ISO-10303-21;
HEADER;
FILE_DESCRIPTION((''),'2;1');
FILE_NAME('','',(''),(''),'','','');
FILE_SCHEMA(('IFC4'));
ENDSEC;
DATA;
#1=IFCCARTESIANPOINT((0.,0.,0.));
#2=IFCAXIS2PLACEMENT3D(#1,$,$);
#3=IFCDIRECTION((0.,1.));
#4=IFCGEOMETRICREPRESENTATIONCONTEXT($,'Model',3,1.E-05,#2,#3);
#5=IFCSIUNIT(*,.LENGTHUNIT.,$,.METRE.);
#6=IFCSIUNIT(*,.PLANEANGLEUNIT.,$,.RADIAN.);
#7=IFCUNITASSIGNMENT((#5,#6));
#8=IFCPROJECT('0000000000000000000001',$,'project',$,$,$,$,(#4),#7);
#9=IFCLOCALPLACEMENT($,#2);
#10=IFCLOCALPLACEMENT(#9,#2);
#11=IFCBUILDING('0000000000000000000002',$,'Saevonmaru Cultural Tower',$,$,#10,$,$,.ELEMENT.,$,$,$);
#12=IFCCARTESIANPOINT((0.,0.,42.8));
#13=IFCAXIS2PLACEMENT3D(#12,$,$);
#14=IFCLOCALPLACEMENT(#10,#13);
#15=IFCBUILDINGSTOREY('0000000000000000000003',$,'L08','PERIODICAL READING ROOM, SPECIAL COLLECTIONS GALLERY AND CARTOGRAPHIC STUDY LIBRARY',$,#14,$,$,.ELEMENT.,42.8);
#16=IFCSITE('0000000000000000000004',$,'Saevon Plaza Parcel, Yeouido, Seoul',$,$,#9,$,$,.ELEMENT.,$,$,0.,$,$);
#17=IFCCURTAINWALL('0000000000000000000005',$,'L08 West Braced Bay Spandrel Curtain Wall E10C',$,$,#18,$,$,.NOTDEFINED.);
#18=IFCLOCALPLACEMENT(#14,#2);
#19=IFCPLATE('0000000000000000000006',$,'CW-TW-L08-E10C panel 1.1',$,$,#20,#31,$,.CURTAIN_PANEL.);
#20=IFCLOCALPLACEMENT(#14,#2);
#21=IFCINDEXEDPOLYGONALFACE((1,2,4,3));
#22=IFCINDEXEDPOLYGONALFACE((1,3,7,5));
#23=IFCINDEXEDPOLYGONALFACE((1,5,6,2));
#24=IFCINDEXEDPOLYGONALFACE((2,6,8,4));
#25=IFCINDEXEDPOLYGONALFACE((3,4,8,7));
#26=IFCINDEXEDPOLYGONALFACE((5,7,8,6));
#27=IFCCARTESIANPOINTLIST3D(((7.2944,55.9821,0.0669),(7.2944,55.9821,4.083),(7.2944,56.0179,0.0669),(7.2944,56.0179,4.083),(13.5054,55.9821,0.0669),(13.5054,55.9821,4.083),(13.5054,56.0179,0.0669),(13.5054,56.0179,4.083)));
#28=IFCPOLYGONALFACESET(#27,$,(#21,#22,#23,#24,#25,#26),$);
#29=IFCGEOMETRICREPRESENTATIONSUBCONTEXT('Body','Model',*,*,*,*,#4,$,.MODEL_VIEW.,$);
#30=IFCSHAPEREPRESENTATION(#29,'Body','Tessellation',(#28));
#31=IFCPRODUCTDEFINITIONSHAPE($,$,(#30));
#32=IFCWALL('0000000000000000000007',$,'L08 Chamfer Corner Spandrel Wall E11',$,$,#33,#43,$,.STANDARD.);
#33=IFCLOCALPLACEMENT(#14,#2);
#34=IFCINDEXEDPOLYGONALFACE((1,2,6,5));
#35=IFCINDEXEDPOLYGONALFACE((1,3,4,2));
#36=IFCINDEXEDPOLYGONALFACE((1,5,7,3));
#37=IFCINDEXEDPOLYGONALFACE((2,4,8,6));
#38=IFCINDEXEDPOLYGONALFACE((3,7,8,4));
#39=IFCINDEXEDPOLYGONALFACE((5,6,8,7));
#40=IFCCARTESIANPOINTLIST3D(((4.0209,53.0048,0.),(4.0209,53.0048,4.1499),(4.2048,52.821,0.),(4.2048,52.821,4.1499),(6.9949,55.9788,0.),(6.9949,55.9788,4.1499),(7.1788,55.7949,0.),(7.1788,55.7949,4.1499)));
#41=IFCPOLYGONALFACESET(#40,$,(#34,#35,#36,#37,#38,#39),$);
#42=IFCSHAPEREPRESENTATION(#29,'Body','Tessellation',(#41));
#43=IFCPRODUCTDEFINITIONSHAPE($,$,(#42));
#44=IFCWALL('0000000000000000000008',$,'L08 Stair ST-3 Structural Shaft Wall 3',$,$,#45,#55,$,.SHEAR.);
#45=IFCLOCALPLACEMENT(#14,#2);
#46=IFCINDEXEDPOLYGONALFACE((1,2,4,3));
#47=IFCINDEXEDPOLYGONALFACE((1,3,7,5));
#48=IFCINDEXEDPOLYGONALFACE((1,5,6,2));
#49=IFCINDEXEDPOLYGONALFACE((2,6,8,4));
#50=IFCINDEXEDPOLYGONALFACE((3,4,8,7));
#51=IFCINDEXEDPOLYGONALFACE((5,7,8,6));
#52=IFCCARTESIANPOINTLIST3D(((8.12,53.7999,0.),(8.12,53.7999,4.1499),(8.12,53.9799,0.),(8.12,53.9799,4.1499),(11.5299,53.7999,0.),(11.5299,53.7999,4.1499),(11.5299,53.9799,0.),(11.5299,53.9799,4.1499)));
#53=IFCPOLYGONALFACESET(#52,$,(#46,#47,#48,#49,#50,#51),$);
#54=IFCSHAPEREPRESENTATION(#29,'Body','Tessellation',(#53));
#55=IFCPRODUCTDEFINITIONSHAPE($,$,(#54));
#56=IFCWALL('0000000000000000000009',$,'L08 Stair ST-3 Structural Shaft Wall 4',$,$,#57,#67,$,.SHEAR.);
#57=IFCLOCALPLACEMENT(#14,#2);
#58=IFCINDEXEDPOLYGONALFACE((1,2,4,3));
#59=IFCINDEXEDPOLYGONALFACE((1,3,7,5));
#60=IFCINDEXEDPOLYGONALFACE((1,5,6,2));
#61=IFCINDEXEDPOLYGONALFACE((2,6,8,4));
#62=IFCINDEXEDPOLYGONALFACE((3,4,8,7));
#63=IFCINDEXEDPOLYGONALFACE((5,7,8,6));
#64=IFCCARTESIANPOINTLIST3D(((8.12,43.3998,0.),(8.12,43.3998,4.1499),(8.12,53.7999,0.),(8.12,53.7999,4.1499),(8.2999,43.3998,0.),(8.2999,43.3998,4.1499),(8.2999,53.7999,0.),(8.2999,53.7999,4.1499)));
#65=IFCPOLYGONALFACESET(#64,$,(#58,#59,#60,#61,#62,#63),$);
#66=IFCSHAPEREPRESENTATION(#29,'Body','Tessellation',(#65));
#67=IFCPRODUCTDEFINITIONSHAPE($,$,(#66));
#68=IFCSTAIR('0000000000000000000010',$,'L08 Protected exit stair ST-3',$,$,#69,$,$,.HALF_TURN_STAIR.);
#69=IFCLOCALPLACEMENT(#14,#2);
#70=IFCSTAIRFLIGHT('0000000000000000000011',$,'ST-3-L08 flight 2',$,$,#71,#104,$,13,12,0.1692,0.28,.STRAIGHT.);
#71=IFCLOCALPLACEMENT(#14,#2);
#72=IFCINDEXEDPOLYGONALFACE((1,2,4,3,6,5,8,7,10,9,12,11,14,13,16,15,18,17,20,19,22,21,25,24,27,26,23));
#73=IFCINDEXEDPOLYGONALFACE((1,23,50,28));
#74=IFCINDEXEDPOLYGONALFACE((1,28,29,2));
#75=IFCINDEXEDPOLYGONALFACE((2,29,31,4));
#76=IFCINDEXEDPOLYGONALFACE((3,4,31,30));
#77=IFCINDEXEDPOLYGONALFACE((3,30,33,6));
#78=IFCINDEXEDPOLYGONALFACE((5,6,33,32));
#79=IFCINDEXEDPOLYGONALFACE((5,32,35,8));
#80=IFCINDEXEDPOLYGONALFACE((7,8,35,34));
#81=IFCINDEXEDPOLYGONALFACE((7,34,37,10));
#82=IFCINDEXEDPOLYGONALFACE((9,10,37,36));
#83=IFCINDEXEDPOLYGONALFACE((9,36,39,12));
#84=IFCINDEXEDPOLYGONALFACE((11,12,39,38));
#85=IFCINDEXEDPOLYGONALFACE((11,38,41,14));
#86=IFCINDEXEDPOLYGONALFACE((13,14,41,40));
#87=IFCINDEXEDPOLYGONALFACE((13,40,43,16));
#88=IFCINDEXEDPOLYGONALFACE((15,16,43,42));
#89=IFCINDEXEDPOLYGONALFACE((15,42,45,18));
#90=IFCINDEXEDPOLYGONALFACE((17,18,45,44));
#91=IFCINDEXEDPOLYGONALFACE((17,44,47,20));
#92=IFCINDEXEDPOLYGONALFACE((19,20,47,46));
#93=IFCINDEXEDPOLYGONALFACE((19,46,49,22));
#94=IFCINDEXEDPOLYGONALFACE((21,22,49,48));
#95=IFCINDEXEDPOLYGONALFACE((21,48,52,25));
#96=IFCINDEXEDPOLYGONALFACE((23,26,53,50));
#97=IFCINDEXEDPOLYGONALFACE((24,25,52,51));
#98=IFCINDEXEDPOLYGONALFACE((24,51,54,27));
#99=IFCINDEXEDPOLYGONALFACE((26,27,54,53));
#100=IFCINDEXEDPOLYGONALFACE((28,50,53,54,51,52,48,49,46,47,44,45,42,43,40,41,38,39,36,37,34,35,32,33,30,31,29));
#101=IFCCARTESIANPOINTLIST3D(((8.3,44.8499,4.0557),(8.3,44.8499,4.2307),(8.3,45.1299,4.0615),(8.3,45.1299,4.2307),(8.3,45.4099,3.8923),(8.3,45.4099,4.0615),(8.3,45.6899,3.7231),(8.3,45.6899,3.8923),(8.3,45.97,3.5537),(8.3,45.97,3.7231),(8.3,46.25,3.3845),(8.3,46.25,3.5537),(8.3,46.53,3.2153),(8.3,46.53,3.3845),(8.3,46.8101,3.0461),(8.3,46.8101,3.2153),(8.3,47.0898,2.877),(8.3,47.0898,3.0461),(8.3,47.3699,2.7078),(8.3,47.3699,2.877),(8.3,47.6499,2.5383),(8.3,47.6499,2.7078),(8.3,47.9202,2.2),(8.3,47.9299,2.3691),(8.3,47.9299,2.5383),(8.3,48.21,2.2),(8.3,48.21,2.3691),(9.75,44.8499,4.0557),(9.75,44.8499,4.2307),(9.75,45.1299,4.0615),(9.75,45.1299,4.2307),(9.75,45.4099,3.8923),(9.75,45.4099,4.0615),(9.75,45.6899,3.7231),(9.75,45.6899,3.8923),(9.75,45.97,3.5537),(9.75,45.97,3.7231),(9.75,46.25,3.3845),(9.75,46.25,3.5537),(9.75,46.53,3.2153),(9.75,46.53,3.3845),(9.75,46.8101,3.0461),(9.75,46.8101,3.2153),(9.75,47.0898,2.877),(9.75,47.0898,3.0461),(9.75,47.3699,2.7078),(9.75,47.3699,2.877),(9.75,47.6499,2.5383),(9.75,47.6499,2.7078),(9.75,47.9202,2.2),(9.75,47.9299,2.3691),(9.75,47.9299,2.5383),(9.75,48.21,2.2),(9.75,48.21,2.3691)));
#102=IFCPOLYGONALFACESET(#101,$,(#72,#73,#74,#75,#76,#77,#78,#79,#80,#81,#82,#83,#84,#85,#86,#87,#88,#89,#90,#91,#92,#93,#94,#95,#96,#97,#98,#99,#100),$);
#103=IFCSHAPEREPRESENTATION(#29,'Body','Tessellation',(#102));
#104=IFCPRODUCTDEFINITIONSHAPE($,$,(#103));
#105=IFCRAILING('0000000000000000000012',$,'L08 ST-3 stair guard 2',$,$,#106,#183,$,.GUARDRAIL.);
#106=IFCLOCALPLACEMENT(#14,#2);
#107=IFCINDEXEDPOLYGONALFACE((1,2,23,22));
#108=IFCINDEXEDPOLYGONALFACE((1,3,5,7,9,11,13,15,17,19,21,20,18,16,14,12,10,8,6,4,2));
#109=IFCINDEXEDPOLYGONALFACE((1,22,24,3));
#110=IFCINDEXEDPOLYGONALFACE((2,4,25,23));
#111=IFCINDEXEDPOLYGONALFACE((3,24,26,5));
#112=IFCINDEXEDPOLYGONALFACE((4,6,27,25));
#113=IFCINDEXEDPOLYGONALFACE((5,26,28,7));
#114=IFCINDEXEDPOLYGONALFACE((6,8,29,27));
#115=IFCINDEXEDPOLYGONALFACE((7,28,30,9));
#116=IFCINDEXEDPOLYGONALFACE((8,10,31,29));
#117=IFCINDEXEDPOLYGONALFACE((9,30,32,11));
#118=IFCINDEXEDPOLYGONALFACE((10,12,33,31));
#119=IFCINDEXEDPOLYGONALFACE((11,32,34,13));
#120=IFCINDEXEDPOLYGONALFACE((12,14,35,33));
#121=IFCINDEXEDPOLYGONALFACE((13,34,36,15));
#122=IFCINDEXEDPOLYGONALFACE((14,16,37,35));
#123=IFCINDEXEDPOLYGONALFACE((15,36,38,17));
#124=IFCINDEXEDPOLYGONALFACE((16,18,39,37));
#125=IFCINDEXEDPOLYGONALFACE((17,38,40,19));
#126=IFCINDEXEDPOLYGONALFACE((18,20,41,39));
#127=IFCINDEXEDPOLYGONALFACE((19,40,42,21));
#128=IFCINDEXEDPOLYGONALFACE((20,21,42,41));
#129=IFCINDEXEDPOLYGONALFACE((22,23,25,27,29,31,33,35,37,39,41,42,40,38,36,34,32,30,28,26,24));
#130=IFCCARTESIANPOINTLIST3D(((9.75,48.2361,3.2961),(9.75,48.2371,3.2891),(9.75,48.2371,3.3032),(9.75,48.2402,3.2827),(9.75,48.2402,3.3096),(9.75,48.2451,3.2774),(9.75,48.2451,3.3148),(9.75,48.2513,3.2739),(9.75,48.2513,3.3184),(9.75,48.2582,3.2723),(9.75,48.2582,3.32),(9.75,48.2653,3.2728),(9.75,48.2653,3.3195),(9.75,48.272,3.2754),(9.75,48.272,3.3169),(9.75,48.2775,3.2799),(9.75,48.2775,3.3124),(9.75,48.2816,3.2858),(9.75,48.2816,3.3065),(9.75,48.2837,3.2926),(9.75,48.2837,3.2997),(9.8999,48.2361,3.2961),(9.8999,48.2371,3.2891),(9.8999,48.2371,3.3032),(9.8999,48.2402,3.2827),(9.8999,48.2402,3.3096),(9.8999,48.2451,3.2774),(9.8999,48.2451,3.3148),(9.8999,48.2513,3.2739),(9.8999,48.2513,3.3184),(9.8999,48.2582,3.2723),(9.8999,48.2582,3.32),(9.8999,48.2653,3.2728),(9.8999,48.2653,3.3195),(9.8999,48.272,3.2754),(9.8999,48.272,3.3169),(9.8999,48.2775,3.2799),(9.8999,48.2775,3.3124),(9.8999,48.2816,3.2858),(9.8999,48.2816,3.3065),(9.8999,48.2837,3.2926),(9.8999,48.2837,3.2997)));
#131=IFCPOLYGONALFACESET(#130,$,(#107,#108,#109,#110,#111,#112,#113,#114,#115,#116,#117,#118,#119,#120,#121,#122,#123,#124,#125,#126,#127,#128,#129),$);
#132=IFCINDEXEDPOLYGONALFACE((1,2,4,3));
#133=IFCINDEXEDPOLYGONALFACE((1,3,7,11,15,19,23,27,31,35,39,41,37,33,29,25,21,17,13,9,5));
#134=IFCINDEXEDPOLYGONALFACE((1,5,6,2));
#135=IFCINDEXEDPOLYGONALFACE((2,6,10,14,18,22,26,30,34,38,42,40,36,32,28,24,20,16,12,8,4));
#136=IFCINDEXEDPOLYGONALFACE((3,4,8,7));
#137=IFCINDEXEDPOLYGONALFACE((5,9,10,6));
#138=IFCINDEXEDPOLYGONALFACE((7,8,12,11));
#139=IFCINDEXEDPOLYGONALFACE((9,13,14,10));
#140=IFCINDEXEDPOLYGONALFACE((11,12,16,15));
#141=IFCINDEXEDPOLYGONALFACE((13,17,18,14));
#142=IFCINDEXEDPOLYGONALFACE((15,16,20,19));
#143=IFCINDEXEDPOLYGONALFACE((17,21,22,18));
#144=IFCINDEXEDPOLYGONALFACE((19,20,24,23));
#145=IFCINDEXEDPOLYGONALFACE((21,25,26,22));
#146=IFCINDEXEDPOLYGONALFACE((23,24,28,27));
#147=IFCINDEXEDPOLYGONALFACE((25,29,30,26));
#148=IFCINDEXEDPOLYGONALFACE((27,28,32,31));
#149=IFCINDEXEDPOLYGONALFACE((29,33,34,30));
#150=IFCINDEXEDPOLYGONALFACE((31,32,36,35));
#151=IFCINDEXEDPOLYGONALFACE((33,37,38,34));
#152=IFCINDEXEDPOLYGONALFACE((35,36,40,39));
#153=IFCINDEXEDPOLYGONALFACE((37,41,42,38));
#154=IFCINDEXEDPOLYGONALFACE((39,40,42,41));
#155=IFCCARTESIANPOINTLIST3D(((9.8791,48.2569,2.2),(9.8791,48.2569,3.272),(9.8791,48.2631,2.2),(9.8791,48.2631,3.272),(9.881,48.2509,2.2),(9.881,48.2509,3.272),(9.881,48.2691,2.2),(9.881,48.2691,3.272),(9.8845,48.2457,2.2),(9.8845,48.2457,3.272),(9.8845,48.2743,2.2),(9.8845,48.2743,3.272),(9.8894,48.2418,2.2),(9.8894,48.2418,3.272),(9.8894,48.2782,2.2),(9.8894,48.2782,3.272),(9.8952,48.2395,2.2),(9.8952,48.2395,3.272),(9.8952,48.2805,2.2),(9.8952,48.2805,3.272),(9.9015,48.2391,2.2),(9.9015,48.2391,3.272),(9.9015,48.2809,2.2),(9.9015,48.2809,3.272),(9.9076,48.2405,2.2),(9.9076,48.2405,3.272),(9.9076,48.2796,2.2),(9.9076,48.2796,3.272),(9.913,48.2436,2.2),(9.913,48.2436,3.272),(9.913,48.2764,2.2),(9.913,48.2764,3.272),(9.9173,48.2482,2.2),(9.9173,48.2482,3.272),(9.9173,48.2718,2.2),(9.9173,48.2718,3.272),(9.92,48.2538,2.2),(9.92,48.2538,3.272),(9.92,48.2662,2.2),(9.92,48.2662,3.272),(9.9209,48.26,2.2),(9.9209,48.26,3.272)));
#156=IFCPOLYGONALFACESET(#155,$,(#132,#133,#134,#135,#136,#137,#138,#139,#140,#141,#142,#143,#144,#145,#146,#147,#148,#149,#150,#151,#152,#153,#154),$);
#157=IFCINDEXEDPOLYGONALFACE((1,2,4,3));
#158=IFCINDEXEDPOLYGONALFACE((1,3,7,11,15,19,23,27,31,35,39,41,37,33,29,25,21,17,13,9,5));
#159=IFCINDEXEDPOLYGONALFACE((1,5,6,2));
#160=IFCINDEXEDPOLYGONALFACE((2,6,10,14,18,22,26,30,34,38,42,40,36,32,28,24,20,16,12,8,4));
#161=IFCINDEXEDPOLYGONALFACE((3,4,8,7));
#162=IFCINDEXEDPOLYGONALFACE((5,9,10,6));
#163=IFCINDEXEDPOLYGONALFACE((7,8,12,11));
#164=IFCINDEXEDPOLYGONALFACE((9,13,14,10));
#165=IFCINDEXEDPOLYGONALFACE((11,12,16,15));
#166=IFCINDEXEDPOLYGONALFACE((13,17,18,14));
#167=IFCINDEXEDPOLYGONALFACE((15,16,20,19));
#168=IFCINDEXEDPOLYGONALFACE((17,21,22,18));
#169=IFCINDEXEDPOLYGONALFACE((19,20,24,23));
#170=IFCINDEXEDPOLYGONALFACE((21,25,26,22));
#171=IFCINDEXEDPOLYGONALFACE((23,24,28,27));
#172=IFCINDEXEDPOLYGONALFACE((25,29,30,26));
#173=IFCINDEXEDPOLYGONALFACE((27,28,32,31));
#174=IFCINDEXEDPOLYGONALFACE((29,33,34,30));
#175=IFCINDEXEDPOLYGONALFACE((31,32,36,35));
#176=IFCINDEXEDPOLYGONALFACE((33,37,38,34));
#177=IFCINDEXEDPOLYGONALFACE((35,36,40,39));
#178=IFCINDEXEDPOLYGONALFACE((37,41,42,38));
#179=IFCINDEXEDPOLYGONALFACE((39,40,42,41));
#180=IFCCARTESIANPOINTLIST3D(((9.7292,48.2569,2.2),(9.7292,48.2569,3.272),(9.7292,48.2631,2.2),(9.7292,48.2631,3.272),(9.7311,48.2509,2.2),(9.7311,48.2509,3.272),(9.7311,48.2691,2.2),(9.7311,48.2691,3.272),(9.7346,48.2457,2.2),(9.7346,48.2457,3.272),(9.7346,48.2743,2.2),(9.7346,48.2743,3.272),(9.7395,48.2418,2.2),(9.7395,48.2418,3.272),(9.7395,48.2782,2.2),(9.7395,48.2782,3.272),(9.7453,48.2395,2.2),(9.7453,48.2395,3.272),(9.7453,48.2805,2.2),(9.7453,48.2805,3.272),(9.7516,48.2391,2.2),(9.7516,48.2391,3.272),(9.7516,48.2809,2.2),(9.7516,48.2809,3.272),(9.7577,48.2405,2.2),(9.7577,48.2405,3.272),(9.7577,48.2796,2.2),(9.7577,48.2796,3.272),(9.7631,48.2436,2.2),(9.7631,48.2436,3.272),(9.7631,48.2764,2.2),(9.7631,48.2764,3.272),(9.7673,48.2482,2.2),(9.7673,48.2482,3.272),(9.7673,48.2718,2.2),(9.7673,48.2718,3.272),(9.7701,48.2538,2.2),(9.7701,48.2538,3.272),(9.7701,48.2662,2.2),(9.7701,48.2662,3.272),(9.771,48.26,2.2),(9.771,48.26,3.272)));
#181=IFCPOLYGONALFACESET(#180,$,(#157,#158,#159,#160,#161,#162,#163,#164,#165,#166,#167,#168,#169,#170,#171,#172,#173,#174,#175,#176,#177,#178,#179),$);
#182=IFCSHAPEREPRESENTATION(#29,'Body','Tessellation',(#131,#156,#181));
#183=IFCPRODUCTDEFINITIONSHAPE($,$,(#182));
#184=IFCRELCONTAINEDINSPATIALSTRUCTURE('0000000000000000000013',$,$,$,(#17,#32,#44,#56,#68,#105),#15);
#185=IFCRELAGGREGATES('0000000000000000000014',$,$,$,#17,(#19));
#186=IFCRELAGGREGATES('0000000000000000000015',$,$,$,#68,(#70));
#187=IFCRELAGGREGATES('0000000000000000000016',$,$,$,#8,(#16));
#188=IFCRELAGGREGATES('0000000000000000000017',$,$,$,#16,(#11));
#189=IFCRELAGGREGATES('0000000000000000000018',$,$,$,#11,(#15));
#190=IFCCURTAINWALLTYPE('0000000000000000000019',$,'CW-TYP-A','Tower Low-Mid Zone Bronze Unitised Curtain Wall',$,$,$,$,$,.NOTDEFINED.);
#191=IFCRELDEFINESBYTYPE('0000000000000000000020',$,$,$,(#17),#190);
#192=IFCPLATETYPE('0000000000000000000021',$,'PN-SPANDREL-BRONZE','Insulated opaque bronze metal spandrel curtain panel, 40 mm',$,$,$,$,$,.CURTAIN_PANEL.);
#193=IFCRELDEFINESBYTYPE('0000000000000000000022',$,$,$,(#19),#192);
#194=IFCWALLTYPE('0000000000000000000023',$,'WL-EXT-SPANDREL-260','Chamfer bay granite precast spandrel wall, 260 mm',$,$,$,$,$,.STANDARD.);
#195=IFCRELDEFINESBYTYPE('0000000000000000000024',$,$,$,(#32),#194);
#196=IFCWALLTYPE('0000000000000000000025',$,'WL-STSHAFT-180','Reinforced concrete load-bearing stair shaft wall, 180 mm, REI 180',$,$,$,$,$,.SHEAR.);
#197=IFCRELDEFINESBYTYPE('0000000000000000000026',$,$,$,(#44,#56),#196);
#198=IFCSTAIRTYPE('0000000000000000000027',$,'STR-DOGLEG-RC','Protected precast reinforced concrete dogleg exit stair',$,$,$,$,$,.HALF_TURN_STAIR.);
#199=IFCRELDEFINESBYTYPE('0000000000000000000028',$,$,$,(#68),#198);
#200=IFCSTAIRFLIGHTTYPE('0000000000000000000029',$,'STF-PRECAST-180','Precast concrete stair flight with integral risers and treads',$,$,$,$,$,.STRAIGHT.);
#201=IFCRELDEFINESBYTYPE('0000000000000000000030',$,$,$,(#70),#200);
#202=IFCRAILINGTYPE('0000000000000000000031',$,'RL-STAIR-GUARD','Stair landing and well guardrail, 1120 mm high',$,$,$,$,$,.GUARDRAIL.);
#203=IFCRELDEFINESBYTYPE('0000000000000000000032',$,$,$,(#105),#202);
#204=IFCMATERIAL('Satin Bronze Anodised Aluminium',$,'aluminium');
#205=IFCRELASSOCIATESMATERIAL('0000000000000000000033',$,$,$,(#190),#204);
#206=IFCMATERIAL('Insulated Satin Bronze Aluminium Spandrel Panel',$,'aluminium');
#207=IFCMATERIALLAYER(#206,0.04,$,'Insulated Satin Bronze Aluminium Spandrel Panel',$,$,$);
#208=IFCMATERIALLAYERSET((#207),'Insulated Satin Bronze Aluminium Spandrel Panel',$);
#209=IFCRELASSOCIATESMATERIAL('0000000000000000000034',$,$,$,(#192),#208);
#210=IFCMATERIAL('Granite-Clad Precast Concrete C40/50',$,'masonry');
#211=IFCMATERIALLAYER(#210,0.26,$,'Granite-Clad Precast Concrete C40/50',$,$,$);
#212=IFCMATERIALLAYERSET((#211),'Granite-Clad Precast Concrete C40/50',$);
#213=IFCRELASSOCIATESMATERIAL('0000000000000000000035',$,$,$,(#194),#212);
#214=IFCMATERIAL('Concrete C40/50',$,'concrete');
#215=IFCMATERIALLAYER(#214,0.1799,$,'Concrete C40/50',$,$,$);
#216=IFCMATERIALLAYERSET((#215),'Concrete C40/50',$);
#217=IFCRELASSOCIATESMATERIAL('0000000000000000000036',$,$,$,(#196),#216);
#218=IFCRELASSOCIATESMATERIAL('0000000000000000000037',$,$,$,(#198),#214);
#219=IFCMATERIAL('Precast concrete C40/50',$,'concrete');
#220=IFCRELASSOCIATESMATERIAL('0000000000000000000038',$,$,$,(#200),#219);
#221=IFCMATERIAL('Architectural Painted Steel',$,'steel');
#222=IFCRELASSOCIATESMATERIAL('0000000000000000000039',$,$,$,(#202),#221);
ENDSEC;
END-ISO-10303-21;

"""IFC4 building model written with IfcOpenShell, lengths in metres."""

from ifc_helpers import new_model, si_unit, direction, frame, frame_2d, origin, origin_2d, place, context, subcontext, project, spatial, polyline, rectangle, circle, outline, extrude, material, layer, layer_set, type_object, element, aggregate, save


model = new_model("IFC4")

# Units and contexts
model_context = context("Model", 3, precision=1e-05, world=origin(), true_north=direction((0.0, 1.0)))
body_context = subcontext(model_context, "Body", "Model", "MODEL_VIEW")
ifc_project = project(units=[si_unit("LENGTHUNIT", "METRE"), si_unit("PLANEANGLEUNIT", "RADIAN")], contexts=[model_context])

# Site, building, storey
site_placement = place(None, origin())
site = spatial("IfcSite", under=ifc_project, at=site_placement, Name="Saevon Plaza Parcel, Yeouido, Seoul", CompositionType="ELEMENT", RefElevation=0.0)
building_placement = place(site_placement, origin())
building = spatial("IfcBuilding", under=site, at=building_placement, Name="Saevonmaru Cultural Tower", CompositionType="ELEMENT")
storey_placement = place(building_placement, frame((0.0, 0.0, 42.8)))
storey = spatial("IfcBuildingStorey", under=building, at=storey_placement, Name="L08", Description="PERIODICAL READING ROOM, SPECIAL COLLECTIONS GALLERY AND CARTOGRAPHIC STUDY LIBRARY", CompositionType="ELEMENT", Elevation=42.8)

# Curtain wall
ifc_material_1 = material(Name="Satin Bronze Anodised Aluminium", Category="aluminium")
curtain_wall_type = type_object("IfcCurtainWallType", Name="CW-TYP-A", Description="Tower Low-Mid Zone Bronze Unitised Curtain Wall", PredefinedType="NOTDEFINED", material=ifc_material_1)
curtain_wall_1_placement = place(storey_placement, origin())
curtain_wall_1 = element("IfcCurtainWall", 1, at=curtain_wall_1_placement, inside=storey, type_object=curtain_wall_type, Name="L08 West Braced Bay Spandrel Curtain Wall E10C", PredefinedType="NOTDEFINED")

# Plate
ifc_material_2 = material(Name="Insulated Satin Bronze Aluminium Spandrel Panel", Category="aluminium")
ifc_layer_1 = layer(ifc_material_2, 0.04, Name="Insulated Satin Bronze Aluminium Spandrel Panel")
ifc_layer_set_1 = layer_set([ifc_layer_1], Name="Insulated Satin Bronze Aluminium Spandrel Panel")
plate_type_1 = type_object("IfcPlateType", Name="PN-SPANDREL-BRONZE", Description="Insulated opaque bronze metal spandrel curtain panel, 40 mm", PredefinedType="CURTAIN_PANEL", material=ifc_layer_set_1)
plate_1_placement = place(storey_placement, frame((10.3999, 56.0, 0.0669), z_axis=(0.0, 0.0, 1.0), x_axis=(-1.0, 0.0, 0.0)))
plate_1 = element("IfcPlate", 2, at=plate_1_placement, type_object=plate_type_1, Name="CW-TW-L08-E10C panel 1.1", PredefinedType="CURTAIN_PANEL", context=body_context, shape_type="SweptSolid", body=[
    extrude(rectangle(XDim=6.2109, YDim=0.0359, at=origin_2d()), origin(), (0.0, 0.0, 1.0), 4.0161),
])
aggregate(curtain_wall_1, [plate_1])

# Walls
ifc_material_3 = material(Name="Granite-Clad Precast Concrete C40/50", Category="masonry")
ifc_layer_2 = layer(ifc_material_3, 0.26, Name="Granite-Clad Precast Concrete C40/50")
ifc_layer_set_2 = layer_set([ifc_layer_2], Name="Granite-Clad Precast Concrete C40/50")
wall_type_1 = type_object("IfcWallType", Name="WL-EXT-SPANDREL-260", Description="Chamfer bay granite precast spandrel wall, 260 mm", PredefinedType="STANDARD", material=ifc_layer_set_2)
wall_1_placement = place(storey_placement, frame((7.0869, 55.887, 0.0), z_axis=(0.0, 0.0, 1.0), x_axis=(-0.707107, -0.707107, 0.0)))
element("IfcWall", 3, at=wall_1_placement, inside=storey, type_object=wall_type_1, Name="L08 Chamfer Corner Spandrel Wall E11", PredefinedType="STANDARD", context=body_context, shape_type="SweptSolid", body=[
    extrude(rectangle(XDim=4.2058, YDim=0.26, at=frame_2d((2.103, 0.0))), origin(), (0.0, 0.0, 1.0), 4.1499),
])
ifc_material_4 = material(Name="Concrete C40/50", Category="concrete")
ifc_layer_3 = layer(ifc_material_4, 0.1799, Name="Concrete C40/50")
ifc_layer_set_3 = layer_set([ifc_layer_3], Name="Concrete C40/50")
wall_type_2 = type_object("IfcWallType", Name="WL-STSHAFT-180", Description="Reinforced concrete load-bearing stair shaft wall, 180 mm, REI 180", PredefinedType="SHEAR", material=ifc_layer_set_3)
wall_2_placement = place(storey_placement, frame((11.53, 53.8899, 0.0), z_axis=(0.0, 0.0, 1.0), x_axis=(-1.0, 0.0, 0.0)))
element("IfcWall", 4, at=wall_2_placement, inside=storey, type_object=wall_type_2, Name="L08 Stair ST-3 Structural Shaft Wall 3", PredefinedType="SHEAR", context=body_context, shape_type="SweptSolid", body=[
    extrude(rectangle(XDim=3.4099, YDim=0.1799, at=frame_2d((1.7051, 0.0))), origin(), (0.0, 0.0, 1.0), 4.1499),
])
wall_3_placement = place(storey_placement, frame((8.21, 53.8, 0.0), z_axis=(0.0, 0.0, 1.0), x_axis=(0.0, -1.0, 0.0)))
element("IfcWall", 5, at=wall_3_placement, inside=storey, type_object=wall_type_2, Name="L08 Stair ST-3 Structural Shaft Wall 4", PredefinedType="SHEAR", context=body_context, shape_type="SweptSolid", body=[
    extrude(rectangle(XDim=10.4001, YDim=0.1799, at=frame_2d((5.2002, 0.0))), origin(), (0.0, 0.0, 1.0), 4.1499),
])

# Stair, stair flight
stair_type = type_object("IfcStairType", Name="STR-DOGLEG-RC", Description="Protected precast reinforced concrete dogleg exit stair", PredefinedType="HALF_TURN_STAIR", material=ifc_material_4)
stair_placement = place(storey_placement, origin())
stair = element("IfcStair", 6, at=stair_placement, inside=storey, type_object=stair_type, Name="L08 Protected exit stair ST-3", PredefinedType="HALF_TURN_STAIR")
ifc_material_5 = material(Name="Precast concrete C40/50", Category="concrete")
stair_flight_type = type_object("IfcStairFlightType", Name="STF-PRECAST-180", Description="Precast concrete stair flight with integral risers and treads", PredefinedType="STRAIGHT", material=ifc_material_5)
stair_flight_placement = place(storey_placement, frame((9.0249, 48.21, 2.2), z_axis=(0.0, 0.0, 1.0), x_axis=(0.0, -1.0, 0.0)))
stair_flight = element("IfcStairFlight", 7, at=stair_flight_placement, type_object=stair_flight_type, Name="ST-3-L08 flight 2", NumberOfRisers=13, NumberOfTreads=12, PredefinedType="STRAIGHT", RiserHeight=0.1692, TreadLength=0.28, context=body_context, shape_type="SweptSolid", body=[
    extrude(outline(polyline([(0.0, 0.0), (0.0, 0.1692), (0.28, 0.1692), (0.28, 0.3384), (0.5601, 0.3384), (0.5601, 0.5078), (0.8401, 0.5078), (0.8401, 0.677), (1.1201, 0.677), (1.1201, 0.8462), (1.3999, 0.8462), (1.3999, 1.0154), (1.6799, 1.0154), (1.6799, 1.1846), (1.96, 1.1846), (1.96, 1.3538), (2.24, 1.3538), (2.24, 1.5232), (2.52, 1.5232), (2.52, 1.6924), (2.8, 1.6924), (2.8, 1.8616), (3.0801, 1.8616), (3.0801, 2.0308), (3.3601, 2.0308), (3.3601, 2.2), (3.3601, 1.8557), (0.2898, 0.0), (0.0, 0.0)])), frame((0.0, 0.7251, 0.0), z_axis=(0.0, -1.0, 0.0), x_axis=(1.0, 0.0, 0.0)), (0.0, 0.0, 1.0), 1.45),
])
aggregate(stair, [stair_flight])

# Railing
ifc_material_6 = material(Name="Architectural Painted Steel", Category="steel")
railing_type_1 = type_object("IfcRailingType", Name="RL-STAIR-GUARD", Description="Stair landing and well guardrail, 1120 mm high", PredefinedType="GUARDRAIL", material=ifc_material_6)
railing_1_placement = place(storey_placement, frame((9.8999, 48.26, 2.2)))
element("IfcRailing", 8, at=railing_1_placement, inside=storey, type_object=railing_type_1, Name="L08 ST-3 stair guard 2", PredefinedType="GUARDRAIL", context=body_context, shape_type="SweptSolid", body=[
    extrude(circle(Radius=0.0239, at=origin_2d()), frame((0.0, 0.0, 1.0962), z_axis=(-1.0, 0.0, 0.0), x_axis=(0.0, -1.0, 0.0)), (0.0, 0.0, 1.0), 0.1499),
    extrude(circle(Radius=0.021, at=origin_2d()), origin(), (0.0, 0.0, 1.0), 1.072),
    extrude(circle(Radius=0.021, at=origin_2d()), frame((-0.1499, 0.0, 0.0)), (0.0, 0.0, 1.0), 1.072),
])

save(model, "model.ifc")
